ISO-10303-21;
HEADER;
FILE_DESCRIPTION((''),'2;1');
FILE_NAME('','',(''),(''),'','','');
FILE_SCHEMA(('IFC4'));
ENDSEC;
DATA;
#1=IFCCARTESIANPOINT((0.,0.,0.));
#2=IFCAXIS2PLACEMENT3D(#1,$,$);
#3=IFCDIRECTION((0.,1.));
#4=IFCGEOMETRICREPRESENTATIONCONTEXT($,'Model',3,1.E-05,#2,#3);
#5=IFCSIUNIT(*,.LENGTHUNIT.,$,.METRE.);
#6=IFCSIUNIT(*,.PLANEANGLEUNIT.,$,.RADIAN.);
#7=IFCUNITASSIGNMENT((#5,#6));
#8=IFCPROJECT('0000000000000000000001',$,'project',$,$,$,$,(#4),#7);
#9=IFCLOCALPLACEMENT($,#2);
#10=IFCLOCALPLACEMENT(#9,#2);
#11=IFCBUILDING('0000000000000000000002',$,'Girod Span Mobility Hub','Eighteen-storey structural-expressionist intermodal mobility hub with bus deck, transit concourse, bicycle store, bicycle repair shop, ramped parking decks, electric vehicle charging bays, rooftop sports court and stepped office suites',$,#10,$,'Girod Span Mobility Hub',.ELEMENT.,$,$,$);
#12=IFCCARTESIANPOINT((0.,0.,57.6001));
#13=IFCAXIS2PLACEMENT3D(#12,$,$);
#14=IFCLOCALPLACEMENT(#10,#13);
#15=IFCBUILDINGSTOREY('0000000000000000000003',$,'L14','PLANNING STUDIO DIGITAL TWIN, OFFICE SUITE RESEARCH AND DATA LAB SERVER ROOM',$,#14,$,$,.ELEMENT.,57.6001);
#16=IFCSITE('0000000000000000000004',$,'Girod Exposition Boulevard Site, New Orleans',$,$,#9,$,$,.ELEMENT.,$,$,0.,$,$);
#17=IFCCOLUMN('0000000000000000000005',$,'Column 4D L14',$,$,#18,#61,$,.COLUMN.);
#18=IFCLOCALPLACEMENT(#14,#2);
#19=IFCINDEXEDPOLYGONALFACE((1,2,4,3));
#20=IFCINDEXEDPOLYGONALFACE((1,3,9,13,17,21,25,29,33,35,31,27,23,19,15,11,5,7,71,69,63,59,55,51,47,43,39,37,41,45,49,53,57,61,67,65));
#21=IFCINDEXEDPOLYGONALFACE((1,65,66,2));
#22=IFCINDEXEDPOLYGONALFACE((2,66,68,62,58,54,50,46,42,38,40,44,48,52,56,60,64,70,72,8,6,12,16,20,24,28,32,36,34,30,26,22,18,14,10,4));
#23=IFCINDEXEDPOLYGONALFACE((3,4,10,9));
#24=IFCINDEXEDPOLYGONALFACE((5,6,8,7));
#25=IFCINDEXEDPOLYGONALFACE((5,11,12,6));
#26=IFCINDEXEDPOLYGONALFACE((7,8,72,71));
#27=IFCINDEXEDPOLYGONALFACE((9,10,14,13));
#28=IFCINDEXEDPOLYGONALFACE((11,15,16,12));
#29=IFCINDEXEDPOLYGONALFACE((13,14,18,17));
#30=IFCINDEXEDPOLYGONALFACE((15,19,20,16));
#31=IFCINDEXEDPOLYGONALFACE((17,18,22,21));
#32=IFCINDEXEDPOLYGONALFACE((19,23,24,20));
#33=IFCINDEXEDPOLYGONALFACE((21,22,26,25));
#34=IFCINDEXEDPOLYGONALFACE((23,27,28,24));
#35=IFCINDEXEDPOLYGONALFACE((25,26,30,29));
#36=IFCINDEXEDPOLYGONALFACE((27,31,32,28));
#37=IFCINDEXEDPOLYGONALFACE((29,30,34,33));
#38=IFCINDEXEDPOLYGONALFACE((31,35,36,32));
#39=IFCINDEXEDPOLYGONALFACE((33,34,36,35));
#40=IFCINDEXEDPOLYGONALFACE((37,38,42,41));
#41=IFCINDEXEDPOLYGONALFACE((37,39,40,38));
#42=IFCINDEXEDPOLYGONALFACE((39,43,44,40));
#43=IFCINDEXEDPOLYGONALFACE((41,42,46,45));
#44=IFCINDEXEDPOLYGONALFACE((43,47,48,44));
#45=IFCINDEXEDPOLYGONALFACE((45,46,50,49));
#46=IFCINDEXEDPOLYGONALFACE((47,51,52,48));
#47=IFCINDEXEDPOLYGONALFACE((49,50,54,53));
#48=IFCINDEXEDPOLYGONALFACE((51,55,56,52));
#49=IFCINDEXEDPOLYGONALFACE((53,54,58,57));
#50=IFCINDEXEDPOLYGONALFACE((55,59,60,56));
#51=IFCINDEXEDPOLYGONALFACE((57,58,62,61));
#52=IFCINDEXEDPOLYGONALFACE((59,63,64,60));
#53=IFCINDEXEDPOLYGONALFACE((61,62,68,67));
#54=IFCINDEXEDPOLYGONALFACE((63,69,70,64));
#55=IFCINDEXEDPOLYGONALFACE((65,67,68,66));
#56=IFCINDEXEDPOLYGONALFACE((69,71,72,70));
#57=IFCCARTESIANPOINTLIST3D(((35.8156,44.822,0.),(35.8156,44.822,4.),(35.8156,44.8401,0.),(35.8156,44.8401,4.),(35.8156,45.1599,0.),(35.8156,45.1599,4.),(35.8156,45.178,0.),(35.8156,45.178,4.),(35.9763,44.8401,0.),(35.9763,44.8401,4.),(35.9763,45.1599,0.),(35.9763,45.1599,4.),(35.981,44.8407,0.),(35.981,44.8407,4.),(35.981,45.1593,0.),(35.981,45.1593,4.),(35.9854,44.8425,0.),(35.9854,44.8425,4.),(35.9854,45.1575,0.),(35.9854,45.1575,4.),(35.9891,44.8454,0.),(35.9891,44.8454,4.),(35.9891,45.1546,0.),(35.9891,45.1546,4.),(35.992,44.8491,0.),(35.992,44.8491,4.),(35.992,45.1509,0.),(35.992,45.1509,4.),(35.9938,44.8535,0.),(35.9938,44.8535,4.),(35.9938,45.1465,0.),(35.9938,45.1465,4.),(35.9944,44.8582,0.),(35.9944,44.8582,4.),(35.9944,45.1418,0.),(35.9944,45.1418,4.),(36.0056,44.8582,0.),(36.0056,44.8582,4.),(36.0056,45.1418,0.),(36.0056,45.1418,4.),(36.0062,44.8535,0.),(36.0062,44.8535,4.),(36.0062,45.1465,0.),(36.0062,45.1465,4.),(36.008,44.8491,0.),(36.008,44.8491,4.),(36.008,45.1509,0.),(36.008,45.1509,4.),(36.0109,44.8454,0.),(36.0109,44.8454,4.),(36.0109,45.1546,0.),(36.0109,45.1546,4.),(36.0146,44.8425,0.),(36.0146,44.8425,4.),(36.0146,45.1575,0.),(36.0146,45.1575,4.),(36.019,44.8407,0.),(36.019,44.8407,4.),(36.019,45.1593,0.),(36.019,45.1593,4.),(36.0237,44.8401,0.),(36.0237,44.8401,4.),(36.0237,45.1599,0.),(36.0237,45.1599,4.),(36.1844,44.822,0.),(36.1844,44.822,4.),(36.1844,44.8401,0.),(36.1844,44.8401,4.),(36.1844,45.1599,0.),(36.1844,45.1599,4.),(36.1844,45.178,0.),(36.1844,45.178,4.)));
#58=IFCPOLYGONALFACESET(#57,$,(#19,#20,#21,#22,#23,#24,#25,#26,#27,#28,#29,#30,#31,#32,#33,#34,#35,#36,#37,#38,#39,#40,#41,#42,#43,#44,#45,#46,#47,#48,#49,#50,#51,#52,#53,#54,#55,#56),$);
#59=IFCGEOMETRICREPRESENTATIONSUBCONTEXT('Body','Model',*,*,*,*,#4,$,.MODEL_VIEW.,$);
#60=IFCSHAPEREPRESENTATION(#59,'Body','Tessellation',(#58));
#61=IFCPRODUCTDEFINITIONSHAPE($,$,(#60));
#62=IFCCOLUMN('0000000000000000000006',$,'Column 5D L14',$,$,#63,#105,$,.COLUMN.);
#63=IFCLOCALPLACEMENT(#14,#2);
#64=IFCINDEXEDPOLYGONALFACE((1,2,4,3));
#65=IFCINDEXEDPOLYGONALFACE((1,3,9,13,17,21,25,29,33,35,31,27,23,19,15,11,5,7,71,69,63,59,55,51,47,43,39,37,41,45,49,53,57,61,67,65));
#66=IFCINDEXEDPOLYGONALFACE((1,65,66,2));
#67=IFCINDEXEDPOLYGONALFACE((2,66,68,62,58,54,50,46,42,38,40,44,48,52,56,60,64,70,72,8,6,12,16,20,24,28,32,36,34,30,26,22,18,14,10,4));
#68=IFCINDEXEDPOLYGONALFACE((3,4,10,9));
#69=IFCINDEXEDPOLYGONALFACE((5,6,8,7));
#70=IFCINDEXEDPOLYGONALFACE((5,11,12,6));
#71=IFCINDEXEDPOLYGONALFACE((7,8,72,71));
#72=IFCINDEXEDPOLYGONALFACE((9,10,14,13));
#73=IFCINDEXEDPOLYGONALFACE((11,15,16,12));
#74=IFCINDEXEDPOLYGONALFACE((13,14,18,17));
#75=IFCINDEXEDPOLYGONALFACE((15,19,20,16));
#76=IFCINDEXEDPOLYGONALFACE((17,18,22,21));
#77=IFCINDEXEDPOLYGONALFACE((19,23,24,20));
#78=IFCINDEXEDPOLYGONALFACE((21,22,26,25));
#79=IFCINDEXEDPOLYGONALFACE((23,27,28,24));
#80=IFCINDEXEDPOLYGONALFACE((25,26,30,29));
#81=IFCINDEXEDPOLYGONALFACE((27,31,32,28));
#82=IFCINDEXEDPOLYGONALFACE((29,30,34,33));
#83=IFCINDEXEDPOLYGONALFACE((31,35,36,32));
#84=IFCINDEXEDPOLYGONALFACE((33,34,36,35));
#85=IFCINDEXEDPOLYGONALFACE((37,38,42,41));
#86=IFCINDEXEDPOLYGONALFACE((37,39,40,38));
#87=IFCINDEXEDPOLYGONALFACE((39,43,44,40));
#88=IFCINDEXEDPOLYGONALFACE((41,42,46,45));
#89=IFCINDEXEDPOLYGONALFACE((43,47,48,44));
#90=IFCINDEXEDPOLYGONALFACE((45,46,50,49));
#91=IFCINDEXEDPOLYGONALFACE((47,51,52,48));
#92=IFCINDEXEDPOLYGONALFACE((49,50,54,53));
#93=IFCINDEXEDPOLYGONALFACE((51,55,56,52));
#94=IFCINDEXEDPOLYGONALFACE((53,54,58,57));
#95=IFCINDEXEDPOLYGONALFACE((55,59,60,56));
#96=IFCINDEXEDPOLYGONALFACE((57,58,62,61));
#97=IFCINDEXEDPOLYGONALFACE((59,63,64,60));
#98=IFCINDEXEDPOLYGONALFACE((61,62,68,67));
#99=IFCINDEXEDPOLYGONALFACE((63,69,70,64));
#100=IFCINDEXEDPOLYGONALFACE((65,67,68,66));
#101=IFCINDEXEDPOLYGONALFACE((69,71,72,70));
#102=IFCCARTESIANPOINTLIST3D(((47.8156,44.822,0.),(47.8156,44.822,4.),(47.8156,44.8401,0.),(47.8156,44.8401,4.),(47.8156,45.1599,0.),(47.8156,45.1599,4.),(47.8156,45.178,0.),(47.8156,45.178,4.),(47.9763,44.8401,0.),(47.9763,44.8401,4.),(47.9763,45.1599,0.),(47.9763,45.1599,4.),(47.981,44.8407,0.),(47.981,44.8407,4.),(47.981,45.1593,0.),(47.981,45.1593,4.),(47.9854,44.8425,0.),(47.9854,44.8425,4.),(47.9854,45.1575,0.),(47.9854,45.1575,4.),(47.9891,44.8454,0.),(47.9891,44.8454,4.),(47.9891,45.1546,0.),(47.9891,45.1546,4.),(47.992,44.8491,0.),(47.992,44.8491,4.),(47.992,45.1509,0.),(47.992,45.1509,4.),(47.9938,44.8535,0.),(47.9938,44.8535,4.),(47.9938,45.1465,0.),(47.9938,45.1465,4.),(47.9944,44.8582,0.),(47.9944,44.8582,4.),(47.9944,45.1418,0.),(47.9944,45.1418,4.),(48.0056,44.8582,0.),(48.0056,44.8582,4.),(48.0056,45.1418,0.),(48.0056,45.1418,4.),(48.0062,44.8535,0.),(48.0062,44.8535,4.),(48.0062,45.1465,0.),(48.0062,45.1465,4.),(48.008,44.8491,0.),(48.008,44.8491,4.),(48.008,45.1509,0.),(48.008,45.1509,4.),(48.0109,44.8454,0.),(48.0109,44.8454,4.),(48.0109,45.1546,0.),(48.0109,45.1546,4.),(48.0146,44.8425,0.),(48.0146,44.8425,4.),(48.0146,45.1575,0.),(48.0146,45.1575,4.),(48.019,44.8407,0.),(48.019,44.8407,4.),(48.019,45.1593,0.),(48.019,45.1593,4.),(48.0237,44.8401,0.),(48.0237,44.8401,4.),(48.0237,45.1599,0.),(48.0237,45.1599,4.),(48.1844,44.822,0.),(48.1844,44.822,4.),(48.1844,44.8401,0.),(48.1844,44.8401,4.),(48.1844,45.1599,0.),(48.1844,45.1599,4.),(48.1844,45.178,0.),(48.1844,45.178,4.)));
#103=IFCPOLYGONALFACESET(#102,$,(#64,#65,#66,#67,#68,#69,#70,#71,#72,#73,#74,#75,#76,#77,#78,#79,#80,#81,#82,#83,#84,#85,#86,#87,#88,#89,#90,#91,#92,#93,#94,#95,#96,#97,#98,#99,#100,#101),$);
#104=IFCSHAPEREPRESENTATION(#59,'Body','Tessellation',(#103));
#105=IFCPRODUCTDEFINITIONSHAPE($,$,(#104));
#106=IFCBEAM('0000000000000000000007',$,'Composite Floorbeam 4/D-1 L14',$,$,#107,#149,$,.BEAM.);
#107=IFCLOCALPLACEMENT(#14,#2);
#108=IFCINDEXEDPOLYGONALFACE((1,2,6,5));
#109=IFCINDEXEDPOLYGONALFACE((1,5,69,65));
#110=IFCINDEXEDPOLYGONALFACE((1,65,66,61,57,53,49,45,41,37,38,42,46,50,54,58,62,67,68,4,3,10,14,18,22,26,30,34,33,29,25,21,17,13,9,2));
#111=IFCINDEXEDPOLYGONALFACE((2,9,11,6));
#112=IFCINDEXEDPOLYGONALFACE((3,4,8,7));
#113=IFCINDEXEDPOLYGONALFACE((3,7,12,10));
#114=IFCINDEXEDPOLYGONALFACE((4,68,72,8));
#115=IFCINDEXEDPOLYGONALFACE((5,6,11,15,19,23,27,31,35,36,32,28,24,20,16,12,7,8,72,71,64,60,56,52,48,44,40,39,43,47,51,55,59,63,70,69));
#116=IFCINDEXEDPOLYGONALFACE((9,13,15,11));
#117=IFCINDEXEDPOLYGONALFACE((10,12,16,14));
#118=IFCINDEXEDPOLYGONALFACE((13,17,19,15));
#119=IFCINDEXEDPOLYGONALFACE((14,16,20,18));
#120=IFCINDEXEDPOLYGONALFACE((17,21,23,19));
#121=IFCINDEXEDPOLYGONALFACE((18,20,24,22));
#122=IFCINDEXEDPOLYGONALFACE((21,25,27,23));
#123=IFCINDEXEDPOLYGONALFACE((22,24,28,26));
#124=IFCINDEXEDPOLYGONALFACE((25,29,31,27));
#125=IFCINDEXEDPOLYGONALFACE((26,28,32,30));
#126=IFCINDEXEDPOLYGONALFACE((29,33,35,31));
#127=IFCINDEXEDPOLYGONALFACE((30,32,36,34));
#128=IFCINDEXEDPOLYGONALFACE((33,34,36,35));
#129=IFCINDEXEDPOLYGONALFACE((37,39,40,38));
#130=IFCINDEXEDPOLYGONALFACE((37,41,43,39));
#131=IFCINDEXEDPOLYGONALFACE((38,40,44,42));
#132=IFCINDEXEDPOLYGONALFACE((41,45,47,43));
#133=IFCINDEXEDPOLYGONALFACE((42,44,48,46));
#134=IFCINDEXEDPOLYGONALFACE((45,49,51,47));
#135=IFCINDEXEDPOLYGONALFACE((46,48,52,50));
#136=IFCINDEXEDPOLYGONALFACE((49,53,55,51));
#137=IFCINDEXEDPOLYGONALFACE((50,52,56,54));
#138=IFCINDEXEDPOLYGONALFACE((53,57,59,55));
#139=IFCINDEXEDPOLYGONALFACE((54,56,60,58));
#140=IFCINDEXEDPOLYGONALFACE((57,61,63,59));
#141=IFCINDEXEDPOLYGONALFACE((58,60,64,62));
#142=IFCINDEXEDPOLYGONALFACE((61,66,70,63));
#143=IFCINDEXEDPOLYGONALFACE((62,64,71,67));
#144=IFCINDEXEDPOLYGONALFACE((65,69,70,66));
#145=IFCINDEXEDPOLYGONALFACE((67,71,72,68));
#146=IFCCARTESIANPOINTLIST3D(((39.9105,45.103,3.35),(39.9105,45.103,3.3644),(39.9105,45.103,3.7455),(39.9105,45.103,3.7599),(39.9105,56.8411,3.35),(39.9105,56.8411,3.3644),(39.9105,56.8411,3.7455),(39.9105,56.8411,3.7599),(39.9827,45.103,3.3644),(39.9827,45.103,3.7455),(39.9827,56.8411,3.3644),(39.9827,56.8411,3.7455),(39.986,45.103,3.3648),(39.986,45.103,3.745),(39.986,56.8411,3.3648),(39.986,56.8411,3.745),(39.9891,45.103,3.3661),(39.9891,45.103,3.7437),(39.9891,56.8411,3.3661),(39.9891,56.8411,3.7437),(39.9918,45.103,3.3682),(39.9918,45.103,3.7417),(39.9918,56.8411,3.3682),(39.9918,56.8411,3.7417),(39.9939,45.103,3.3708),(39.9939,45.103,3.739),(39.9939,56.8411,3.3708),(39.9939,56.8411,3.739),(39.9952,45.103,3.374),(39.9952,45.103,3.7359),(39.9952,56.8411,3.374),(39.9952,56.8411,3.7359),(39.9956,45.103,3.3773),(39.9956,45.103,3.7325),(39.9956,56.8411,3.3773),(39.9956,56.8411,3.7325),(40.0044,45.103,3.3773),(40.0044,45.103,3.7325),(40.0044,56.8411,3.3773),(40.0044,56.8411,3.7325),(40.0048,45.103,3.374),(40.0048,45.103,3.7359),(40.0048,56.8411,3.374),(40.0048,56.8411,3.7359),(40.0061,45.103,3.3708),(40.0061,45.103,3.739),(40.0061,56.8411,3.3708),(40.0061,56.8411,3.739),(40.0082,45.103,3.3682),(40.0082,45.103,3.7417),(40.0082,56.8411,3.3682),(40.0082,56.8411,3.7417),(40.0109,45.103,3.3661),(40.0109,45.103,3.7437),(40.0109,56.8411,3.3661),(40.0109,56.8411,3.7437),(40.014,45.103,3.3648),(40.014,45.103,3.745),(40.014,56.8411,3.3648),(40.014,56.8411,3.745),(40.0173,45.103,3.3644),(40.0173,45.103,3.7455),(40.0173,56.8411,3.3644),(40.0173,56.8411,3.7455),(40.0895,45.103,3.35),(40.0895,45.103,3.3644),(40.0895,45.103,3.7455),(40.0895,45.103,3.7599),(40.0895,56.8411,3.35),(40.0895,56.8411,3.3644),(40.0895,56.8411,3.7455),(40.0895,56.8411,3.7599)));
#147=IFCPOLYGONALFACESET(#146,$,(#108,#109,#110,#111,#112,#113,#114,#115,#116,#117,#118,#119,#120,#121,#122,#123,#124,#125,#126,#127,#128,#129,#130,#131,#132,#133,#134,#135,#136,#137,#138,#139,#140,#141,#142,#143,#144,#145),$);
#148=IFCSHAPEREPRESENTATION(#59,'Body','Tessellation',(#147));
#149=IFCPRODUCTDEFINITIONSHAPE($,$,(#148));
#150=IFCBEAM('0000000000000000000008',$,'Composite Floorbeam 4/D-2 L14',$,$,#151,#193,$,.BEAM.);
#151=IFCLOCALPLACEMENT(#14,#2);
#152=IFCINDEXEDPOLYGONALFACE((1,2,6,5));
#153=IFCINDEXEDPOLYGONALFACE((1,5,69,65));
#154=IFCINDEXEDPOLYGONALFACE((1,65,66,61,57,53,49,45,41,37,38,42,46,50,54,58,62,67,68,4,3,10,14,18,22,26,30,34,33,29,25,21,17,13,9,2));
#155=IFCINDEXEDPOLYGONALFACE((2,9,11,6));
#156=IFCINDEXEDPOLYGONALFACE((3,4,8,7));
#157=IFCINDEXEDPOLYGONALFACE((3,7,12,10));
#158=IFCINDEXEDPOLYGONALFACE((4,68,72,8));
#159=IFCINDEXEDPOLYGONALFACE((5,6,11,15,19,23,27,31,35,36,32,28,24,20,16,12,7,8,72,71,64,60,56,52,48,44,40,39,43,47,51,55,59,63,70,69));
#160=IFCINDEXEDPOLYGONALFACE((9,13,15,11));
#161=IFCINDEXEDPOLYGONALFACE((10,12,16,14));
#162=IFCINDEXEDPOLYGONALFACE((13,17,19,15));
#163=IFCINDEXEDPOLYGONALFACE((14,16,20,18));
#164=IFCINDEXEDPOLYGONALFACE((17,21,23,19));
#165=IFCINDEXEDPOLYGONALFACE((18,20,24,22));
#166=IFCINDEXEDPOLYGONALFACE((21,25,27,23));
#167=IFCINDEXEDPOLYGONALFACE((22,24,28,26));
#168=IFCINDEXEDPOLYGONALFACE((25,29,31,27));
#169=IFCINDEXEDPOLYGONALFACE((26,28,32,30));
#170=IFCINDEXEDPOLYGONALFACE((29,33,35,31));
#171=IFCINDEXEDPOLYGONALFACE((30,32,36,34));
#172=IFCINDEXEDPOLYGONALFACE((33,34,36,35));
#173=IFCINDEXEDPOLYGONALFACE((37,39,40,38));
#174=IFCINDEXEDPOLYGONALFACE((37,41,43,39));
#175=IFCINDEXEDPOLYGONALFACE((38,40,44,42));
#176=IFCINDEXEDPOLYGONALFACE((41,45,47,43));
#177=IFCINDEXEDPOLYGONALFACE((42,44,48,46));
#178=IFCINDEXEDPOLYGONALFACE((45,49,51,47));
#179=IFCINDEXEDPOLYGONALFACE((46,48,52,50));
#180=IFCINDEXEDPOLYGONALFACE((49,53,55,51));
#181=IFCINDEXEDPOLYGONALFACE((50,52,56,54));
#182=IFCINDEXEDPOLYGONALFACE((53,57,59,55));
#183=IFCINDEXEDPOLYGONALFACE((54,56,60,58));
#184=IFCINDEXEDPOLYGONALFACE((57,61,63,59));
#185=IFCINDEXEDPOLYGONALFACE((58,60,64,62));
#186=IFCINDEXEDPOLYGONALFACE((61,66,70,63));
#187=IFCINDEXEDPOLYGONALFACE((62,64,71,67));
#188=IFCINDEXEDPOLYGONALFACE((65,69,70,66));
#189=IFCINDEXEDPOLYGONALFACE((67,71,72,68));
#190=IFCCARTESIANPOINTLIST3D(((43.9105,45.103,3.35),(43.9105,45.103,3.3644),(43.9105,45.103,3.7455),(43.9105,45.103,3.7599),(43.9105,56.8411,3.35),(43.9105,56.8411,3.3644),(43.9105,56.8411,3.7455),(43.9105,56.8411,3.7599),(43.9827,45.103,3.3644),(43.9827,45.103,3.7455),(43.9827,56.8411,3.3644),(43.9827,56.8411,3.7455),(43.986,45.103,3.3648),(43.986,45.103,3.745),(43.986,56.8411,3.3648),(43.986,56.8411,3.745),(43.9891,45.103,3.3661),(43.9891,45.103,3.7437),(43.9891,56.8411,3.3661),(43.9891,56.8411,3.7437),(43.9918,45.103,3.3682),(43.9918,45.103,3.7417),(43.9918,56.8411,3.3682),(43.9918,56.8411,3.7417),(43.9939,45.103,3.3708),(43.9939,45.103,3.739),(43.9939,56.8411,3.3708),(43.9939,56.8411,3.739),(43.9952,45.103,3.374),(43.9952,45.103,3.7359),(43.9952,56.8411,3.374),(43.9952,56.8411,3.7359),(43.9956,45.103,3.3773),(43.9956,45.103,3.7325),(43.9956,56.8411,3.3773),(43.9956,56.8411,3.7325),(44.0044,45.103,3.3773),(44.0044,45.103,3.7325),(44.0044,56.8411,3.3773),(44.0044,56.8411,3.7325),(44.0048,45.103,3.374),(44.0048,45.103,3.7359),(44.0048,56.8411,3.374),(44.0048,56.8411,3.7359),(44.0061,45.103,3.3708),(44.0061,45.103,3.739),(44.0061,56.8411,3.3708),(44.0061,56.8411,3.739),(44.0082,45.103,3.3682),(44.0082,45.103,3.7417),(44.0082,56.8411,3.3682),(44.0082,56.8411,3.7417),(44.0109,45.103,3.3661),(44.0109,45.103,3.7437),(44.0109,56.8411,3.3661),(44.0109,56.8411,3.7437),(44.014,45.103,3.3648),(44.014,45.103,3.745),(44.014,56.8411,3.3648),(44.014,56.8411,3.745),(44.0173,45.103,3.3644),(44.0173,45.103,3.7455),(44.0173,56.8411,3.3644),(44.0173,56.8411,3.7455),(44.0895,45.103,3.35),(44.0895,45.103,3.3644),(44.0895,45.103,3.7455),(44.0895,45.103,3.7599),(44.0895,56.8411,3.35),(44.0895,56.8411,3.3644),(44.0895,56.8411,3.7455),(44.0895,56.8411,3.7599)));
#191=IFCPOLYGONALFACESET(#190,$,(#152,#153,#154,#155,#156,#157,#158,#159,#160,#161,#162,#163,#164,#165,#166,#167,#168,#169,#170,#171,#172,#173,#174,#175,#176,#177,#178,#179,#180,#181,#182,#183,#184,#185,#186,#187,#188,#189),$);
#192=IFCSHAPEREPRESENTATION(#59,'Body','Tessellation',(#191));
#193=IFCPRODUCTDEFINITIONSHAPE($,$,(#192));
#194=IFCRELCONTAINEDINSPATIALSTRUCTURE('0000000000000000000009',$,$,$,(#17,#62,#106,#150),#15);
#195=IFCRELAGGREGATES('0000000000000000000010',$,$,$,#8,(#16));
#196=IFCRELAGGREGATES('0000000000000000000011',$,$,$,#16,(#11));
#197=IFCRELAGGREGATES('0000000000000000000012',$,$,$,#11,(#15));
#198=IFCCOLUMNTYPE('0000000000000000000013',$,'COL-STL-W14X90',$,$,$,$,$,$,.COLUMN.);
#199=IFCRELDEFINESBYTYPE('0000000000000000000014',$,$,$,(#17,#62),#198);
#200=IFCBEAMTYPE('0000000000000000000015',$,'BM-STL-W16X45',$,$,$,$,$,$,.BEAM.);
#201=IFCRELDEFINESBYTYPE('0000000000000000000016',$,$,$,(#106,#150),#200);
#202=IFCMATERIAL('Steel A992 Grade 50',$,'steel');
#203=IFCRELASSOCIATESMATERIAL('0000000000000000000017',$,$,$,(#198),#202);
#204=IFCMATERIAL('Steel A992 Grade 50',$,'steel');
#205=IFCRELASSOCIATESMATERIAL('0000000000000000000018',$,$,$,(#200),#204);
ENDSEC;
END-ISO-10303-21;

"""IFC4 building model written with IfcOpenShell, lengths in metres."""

from ifc_helpers import new_model, si_unit, direction, frame, origin, origin_2d, place, context, subcontext, project, spatial, i_section, extrude, material, material_profile, profile_set, type_object, element, save


model = new_model("IFC4")

# Units and contexts
model_context = context("Model", 3, precision=1e-05, world=origin(), true_north=direction((0.0, 1.0)))
body_context = subcontext(model_context, "Body", "Model", "MODEL_VIEW")
ifc_project = project(units=[si_unit("LENGTHUNIT", "METRE"), si_unit("PLANEANGLEUNIT", "RADIAN")], contexts=[model_context])

# Site, building, storey
site_placement = place(None, origin())
site = spatial("IfcSite", under=ifc_project, at=site_placement, Name="Girod Exposition Boulevard Site, New Orleans", CompositionType="ELEMENT", RefElevation=0.0)
building_placement = place(site_placement, origin())
building = spatial("IfcBuilding", under=site, at=building_placement, Name="Girod Span Mobility Hub", Description="Eighteen-storey structural-expressionist intermodal mobility hub with bus deck, transit concourse, bicycle store, bicycle repair shop, ramped parking decks, electric vehicle charging bays, rooftop sports court and stepped office suites", LongName="Girod Span Mobility Hub", CompositionType="ELEMENT")
storey_placement = place(building_placement, frame((0.0, 0.0, 57.6001)))
storey = spatial("IfcBuildingStorey", under=building, at=storey_placement, Name="L14", Description="PLANNING STUDIO DIGITAL TWIN, OFFICE SUITE RESEARCH AND DATA LAB SERVER ROOM", CompositionType="ELEMENT", Elevation=57.6001)

# Columns
ifc_material_1 = material(Name="Steel A992 Grade 50", Category="steel")
ifc_material_profile_1 = material_profile(ifc_material_1, i_section(OverallWidth=0.3689, OverallDepth=0.356, WebThickness=0.0112, FlangeThickness=0.0181, FilletRadius=0.0181, at=origin_2d()), Name="W14X90")
ifc_profile_set_1 = profile_set([ifc_material_profile_1], Name="Steel A992 Grade 50")
column_type = type_object("IfcColumnType", Name="COL-STL-W14X90", PredefinedType="COLUMN", material=ifc_profile_set_1)
for number, where, z_axis, x_axis, name in (
    (1, (36.0, 45.0, 0.0), (0.0, 0.0, 1.0), (1.0, 0.0, 0.0), "Column 4D L14"),
    (2, (48.0, 45.0, 0.0), (0.0, 0.0, 1.0), (1.0, 0.0, 0.0), "Column 5D L14"),
):
    element("IfcColumn", number, at=place(storey_placement, frame(where, z_axis=z_axis, x_axis=x_axis)), inside=storey, type_object=column_type, Name=name, PredefinedType="COLUMN", context=body_context, shape_type="SweptSolid", body=[
        extrude(i_section(OverallWidth=0.3689, OverallDepth=0.356, WebThickness=0.0112, FlangeThickness=0.0181, FilletRadius=0.0181, at=origin_2d()), origin(), (0.0, 0.0, 1.0), 4.0),
    ])

# Beams
ifc_material_2 = material(Name="Steel A992 Grade 50", Category="steel")
ifc_material_profile_2 = material_profile(ifc_material_2, i_section(OverallWidth=0.179, OverallDepth=0.4099, WebThickness=0.0088, FlangeThickness=0.0144, FilletRadius=0.0129, at=origin_2d()), Name="W16X45")
ifc_profile_set_2 = profile_set([ifc_material_profile_2], Name="Steel A992 Grade 50")
beam_type_1 = type_object("IfcBeamType", Name="BM-STL-W16X45", PredefinedType="BEAM", material=ifc_profile_set_2)
for number, where, z_axis, x_axis, name in (
    (3, (40.0, 45.103, 3.5549), (0.0, 1.0, 0.0), (-1.0, 0.0, 0.0), "Composite Floorbeam 4/D-1 L14"),
    (4, (44.0, 45.103, 3.5549), (0.0, 1.0, 0.0), (-1.0, 0.0, 0.0), "Composite Floorbeam 4/D-2 L14"),
):
    element("IfcBeam", number, at=place(storey_placement, frame(where, z_axis=z_axis, x_axis=x_axis)), inside=storey, type_object=beam_type_1, Name=name, PredefinedType="BEAM", context=body_context, shape_type="SweptSolid", body=[
        extrude(i_section(OverallWidth=0.179, OverallDepth=0.4099, WebThickness=0.0088, FlangeThickness=0.0144, FilletRadius=0.0129, at=origin_2d()), origin(), (0.0, 0.0, 1.0), 11.738),
    ])

save(model, "model.ifc")
